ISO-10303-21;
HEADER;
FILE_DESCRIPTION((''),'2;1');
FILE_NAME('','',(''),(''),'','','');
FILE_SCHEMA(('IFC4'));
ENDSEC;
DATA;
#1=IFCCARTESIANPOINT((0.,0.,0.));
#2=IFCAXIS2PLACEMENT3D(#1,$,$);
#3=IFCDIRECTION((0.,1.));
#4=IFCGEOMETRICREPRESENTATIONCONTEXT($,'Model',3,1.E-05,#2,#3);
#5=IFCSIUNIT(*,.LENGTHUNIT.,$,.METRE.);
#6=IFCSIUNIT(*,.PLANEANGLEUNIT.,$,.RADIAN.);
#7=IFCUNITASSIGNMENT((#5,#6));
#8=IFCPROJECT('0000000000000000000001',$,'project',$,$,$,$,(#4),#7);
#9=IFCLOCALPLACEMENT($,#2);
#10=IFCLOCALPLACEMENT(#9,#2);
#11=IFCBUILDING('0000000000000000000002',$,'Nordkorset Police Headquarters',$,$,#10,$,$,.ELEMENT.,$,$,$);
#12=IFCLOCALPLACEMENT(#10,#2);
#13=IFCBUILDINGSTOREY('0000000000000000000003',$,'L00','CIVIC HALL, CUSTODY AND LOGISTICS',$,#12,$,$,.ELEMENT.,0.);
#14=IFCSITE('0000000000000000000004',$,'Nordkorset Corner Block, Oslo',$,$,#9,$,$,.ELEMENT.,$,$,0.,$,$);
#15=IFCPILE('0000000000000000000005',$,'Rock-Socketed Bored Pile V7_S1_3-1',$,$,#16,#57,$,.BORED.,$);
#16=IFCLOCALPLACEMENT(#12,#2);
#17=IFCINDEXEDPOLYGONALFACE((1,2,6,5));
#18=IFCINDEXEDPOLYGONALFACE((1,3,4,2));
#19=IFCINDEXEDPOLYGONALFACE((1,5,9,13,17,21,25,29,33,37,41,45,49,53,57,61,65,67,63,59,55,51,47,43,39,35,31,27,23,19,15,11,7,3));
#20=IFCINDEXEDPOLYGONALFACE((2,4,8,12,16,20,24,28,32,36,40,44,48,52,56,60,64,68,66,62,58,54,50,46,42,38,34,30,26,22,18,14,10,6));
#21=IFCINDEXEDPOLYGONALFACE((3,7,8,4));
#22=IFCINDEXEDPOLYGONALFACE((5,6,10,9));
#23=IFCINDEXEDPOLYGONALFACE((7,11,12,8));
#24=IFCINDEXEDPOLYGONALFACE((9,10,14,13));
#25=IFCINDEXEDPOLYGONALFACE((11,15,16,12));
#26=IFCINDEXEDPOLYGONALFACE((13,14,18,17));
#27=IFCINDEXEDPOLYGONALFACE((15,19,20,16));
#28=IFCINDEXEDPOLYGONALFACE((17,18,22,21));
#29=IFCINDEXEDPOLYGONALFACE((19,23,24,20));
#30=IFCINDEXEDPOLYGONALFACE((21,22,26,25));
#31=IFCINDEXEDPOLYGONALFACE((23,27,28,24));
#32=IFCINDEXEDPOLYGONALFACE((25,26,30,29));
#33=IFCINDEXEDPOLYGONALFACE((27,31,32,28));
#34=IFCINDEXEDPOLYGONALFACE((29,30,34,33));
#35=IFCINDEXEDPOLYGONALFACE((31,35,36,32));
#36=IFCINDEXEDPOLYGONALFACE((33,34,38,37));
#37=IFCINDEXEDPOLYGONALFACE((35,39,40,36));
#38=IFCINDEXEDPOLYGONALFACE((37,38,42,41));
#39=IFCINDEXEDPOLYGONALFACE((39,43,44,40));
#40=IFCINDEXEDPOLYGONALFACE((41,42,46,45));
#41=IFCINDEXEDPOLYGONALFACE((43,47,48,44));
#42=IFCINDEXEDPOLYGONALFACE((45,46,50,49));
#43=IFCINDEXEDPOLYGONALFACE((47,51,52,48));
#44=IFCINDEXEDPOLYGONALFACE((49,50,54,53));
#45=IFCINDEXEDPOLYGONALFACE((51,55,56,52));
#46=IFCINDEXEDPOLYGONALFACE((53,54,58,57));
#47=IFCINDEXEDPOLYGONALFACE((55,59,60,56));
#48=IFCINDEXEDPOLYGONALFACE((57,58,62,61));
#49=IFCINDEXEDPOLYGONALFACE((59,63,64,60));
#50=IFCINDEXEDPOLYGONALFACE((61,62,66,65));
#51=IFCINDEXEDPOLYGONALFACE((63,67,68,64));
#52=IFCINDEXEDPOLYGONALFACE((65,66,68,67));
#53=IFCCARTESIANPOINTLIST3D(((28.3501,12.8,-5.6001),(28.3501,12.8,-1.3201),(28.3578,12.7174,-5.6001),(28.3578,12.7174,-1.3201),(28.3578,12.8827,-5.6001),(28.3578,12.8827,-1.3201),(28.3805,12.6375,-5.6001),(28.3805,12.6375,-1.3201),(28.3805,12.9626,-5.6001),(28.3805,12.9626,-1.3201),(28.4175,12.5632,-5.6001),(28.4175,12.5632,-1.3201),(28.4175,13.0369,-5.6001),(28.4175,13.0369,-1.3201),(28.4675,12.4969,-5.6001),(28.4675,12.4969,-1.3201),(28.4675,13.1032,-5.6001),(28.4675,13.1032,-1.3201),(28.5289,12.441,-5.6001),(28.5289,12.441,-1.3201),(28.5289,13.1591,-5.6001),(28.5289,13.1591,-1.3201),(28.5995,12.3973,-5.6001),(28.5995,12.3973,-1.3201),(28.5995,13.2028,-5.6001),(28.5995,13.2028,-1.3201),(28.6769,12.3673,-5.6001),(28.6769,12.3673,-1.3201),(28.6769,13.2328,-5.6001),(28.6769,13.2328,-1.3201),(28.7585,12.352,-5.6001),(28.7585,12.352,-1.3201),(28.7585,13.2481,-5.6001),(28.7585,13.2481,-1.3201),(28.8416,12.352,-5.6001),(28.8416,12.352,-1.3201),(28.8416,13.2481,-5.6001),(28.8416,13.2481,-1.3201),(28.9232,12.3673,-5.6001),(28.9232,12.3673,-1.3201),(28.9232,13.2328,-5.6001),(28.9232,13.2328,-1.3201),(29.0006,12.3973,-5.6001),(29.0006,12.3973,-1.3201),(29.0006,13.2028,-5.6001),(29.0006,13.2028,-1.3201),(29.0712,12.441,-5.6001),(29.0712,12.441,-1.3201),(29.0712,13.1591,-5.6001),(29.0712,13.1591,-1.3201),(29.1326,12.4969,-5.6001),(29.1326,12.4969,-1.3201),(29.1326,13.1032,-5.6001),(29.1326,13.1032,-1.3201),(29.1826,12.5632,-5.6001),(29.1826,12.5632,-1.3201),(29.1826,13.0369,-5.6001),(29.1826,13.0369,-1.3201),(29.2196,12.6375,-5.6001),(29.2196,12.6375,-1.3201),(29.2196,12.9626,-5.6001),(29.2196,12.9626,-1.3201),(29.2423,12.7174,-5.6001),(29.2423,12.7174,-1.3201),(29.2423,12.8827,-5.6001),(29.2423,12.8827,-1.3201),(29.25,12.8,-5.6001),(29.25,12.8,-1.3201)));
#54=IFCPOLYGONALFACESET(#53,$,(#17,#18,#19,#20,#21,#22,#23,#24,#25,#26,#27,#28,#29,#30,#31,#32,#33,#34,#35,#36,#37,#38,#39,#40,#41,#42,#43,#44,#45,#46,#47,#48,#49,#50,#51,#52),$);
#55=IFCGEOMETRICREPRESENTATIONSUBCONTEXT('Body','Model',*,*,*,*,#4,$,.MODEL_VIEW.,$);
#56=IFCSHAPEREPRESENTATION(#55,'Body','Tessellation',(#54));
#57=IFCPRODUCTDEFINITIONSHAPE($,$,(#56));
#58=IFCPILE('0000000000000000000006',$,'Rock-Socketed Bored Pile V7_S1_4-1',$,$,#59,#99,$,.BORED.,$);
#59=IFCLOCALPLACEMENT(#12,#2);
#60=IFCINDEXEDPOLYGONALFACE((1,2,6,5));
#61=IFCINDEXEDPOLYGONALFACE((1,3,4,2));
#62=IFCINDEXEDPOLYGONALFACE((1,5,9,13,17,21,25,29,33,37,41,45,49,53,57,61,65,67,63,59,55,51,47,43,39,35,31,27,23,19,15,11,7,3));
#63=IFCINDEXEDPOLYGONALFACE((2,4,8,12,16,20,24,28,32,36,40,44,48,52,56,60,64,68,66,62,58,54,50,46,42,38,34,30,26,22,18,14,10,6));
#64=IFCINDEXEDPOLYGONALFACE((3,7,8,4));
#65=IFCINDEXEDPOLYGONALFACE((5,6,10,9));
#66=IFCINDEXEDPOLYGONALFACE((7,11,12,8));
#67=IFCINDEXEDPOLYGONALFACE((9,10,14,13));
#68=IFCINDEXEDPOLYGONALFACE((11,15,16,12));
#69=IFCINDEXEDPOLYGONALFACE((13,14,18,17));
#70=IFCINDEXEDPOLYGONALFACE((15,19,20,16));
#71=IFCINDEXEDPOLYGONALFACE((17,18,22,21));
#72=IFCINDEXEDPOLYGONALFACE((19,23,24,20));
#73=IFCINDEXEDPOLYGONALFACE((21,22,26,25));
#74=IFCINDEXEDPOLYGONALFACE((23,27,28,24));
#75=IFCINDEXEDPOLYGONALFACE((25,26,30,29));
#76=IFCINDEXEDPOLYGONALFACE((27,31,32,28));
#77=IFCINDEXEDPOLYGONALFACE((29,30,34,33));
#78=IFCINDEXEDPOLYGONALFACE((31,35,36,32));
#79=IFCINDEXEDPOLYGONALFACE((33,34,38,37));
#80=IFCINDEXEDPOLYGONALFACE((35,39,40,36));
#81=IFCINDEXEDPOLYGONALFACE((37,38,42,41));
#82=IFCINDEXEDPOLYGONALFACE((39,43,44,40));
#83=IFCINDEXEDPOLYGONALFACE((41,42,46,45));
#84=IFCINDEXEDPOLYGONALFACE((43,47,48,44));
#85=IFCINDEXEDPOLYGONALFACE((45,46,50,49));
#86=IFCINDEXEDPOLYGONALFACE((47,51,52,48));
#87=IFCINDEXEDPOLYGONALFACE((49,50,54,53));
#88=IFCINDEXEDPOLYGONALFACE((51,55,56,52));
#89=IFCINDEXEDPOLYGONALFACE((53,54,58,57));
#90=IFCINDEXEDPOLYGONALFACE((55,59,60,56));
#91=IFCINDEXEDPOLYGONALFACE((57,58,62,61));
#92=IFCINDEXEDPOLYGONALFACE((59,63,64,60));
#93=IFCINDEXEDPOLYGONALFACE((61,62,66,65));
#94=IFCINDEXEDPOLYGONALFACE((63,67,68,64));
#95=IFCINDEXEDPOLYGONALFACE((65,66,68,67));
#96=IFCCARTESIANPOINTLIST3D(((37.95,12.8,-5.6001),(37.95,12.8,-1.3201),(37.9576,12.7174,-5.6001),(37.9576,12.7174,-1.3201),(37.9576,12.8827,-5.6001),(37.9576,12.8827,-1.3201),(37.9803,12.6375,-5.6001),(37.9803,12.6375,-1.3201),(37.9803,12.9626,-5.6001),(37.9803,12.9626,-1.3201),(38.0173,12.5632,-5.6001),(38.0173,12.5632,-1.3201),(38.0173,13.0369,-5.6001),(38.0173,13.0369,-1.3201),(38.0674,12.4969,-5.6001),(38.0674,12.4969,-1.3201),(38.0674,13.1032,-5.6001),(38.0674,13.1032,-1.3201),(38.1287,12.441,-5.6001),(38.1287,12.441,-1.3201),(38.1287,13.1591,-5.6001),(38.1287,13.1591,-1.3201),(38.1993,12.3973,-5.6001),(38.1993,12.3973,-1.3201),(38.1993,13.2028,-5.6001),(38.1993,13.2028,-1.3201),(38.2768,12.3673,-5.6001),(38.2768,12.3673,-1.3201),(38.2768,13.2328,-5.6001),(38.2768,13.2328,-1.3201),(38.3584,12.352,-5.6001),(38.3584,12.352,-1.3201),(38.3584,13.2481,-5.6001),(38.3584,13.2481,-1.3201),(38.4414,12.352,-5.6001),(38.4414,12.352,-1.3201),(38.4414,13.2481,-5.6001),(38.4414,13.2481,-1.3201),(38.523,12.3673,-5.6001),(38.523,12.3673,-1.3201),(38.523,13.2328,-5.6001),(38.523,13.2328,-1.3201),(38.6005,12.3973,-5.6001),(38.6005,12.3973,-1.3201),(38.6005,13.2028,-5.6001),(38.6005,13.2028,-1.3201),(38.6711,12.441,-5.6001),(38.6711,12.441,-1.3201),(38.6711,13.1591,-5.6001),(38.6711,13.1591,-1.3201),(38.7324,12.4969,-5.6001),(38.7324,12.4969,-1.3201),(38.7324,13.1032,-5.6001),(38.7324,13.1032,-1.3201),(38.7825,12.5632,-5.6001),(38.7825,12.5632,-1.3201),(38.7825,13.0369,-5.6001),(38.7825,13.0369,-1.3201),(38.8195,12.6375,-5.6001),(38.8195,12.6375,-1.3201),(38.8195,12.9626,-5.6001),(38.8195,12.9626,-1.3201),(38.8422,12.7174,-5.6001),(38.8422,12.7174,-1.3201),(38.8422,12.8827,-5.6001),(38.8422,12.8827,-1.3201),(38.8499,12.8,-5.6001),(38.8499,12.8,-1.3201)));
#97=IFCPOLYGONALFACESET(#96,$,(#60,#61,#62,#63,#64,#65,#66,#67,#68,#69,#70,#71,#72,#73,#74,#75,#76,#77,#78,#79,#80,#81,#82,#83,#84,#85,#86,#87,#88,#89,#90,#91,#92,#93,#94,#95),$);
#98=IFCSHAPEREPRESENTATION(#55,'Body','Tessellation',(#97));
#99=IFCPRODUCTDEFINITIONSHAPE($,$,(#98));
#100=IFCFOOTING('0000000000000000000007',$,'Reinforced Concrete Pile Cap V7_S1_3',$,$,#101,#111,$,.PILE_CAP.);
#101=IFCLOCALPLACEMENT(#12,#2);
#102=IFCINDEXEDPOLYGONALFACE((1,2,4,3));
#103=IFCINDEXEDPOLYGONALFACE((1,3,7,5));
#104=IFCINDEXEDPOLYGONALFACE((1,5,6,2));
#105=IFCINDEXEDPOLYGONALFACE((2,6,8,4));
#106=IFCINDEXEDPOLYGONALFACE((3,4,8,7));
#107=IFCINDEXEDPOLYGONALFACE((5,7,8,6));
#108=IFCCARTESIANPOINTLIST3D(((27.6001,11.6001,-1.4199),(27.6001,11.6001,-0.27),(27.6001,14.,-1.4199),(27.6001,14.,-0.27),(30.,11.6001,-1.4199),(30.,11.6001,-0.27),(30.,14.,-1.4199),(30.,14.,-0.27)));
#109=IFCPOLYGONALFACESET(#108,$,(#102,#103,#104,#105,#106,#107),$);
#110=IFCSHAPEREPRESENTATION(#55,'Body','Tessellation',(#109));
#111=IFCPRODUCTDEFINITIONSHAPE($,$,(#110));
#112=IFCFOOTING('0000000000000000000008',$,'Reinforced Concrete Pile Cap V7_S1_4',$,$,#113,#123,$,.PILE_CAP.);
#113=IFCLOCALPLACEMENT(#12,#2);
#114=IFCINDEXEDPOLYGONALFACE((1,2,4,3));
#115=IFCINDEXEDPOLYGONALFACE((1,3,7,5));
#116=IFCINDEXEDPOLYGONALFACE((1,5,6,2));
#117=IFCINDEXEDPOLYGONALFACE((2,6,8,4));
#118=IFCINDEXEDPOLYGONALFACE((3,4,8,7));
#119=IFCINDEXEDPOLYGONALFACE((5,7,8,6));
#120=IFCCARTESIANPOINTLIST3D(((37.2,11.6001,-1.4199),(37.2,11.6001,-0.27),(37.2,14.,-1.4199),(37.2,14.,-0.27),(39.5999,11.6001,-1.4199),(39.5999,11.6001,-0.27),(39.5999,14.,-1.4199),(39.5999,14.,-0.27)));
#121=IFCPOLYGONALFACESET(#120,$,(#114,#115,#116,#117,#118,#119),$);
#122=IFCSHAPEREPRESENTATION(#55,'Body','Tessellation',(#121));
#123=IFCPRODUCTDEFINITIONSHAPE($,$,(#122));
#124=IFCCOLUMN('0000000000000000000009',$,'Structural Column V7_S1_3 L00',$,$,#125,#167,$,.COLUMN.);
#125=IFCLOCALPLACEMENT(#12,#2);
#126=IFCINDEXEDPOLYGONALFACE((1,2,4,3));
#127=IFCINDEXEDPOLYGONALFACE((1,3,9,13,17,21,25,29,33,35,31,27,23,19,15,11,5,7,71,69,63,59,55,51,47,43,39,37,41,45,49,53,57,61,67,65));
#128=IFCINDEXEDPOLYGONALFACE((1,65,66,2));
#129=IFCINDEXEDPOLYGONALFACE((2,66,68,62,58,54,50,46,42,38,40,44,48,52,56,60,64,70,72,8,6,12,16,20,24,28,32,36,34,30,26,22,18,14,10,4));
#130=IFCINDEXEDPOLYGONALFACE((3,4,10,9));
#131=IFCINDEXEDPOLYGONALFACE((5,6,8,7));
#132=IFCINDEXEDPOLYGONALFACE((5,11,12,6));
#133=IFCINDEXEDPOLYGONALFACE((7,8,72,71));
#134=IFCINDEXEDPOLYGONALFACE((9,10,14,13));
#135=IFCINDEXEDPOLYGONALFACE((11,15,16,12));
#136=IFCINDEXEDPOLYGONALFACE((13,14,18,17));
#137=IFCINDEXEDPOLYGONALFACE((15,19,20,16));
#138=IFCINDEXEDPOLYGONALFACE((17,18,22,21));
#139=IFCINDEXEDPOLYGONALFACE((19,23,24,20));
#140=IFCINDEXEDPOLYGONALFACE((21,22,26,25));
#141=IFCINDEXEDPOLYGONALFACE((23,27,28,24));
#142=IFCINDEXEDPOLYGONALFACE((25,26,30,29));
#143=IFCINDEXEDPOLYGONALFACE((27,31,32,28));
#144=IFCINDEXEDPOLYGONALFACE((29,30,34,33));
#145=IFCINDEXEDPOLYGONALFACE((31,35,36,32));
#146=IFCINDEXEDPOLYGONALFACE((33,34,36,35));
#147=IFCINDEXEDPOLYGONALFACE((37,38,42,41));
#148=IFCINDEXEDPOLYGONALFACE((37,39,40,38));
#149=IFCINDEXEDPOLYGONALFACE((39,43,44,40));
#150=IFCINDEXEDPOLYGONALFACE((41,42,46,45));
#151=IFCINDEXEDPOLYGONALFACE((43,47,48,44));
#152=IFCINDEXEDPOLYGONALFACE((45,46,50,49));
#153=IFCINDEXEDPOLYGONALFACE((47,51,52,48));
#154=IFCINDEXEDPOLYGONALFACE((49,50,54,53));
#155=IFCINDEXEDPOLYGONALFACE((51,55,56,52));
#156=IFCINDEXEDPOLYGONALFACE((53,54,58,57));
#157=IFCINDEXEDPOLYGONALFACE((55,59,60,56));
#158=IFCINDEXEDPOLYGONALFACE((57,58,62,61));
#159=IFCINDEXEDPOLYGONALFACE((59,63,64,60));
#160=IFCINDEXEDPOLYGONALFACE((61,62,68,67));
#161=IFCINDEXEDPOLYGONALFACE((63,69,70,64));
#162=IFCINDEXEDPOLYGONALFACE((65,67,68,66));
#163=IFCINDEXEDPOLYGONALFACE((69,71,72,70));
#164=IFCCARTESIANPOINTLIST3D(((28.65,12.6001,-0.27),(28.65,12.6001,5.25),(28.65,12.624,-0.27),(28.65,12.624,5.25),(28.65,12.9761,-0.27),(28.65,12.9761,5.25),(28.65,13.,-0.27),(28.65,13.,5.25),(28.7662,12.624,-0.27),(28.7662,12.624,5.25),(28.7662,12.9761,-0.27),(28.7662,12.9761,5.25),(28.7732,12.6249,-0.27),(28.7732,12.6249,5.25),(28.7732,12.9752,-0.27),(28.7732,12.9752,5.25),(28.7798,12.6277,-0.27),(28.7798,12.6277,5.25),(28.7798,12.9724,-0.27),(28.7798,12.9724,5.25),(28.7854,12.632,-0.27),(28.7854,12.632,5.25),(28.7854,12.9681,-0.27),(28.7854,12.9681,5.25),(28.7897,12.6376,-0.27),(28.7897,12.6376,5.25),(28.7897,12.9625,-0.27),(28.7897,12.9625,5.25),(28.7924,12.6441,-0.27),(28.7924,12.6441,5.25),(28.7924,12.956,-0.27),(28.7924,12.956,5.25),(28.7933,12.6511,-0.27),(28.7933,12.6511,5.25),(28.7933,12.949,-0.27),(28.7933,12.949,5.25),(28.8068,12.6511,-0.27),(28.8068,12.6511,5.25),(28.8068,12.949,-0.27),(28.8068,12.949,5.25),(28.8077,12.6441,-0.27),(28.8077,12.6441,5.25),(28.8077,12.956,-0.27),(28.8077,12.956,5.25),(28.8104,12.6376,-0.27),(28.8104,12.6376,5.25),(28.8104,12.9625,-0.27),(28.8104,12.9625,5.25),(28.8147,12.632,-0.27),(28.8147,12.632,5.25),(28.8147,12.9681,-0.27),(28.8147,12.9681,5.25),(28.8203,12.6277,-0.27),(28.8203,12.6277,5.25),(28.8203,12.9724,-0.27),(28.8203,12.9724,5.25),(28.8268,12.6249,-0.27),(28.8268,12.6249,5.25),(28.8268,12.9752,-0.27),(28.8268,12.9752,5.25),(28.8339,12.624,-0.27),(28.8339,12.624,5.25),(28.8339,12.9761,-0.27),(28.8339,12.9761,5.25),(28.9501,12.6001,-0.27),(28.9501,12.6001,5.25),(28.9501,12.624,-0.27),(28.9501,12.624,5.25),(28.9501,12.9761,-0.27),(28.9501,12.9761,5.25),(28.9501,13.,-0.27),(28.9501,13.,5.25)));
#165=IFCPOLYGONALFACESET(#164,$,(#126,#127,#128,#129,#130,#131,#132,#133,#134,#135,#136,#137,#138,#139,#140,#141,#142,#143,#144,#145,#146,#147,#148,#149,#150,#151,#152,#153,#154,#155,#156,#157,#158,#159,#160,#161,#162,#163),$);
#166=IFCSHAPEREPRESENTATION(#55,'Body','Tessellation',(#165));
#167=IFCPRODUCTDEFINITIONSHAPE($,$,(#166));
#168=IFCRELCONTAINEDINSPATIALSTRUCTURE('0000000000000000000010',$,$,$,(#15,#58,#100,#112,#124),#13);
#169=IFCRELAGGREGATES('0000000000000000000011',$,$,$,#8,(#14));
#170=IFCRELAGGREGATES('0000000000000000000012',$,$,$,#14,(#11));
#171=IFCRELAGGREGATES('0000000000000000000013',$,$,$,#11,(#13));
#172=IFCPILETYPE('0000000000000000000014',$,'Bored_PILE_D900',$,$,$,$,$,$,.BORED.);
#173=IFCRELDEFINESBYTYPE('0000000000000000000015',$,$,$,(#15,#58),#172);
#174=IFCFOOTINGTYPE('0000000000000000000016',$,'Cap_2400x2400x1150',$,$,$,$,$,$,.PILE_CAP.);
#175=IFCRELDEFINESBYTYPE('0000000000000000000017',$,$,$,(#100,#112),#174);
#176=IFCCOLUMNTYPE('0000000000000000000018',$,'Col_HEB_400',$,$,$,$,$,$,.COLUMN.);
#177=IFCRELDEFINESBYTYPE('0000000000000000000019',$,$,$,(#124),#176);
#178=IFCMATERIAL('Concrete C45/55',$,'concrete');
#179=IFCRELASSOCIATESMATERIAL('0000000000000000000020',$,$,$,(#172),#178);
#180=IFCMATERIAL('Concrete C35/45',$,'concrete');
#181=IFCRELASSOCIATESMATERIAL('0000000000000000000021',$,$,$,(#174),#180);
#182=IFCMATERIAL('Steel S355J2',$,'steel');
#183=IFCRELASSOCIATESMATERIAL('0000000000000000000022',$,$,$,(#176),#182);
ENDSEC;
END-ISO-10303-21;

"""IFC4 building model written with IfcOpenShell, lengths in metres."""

from ifc_helpers import new_model, si_unit, direction, frame, origin, origin_2d, place, context, subcontext, project, spatial, rectangle, circle, i_section, extrude, material, material_profile, profile_set, type_object, element, save


model = new_model("IFC4")

# Units and contexts
model_context = context("Model", 3, precision=1e-05, world=origin(), true_north=direction((0.0, 1.0)))
body_context = subcontext(model_context, "Body", "Model", "MODEL_VIEW")
ifc_project = project(units=[si_unit("LENGTHUNIT", "METRE"), si_unit("PLANEANGLEUNIT", "RADIAN")], contexts=[model_context])

# Site, building, storey
site_placement = place(None, origin())
site = spatial("IfcSite", under=ifc_project, at=site_placement, Name="Nordkorset Corner Block, Oslo", CompositionType="ELEMENT", RefElevation=0.0)
building_placement = place(site_placement, origin())
building = spatial("IfcBuilding", under=site, at=building_placement, Name="Nordkorset Police Headquarters", CompositionType="ELEMENT")
storey_placement = place(building_placement, origin())
storey = spatial("IfcBuildingStorey", under=building, at=storey_placement, Name="L00", Description="CIVIC HALL, CUSTODY AND LOGISTICS", CompositionType="ELEMENT", Elevation=0.0)

# Piles
ifc_material_1 = material(Name="Concrete C45/55", Category="concrete")
ifc_material_profile_1 = material_profile(ifc_material_1, circle(Radius=0.45, at=origin_2d()), Name="PILE D900")
ifc_profile_set_1 = profile_set([ifc_material_profile_1], Name="Concrete C45/55")
pile_type = type_object("IfcPileType", Name="Bored_PILE_D900", PredefinedType="BORED", material=ifc_profile_set_1)
for number, where, z_axis, x_axis, name in (
    (1, (28.8, 12.8, -1.3201), (0.0, 0.0, -1.0), (1.0, 0.0, 0.0), "Rock-Socketed Bored Pile V7_S1_3-1"),
    (2, (38.3999, 12.8, -1.3201), (0.0, 0.0, -1.0), (1.0, 0.0, 0.0), "Rock-Socketed Bored Pile V7_S1_4-1"),
):
    element("IfcPile", number, at=place(storey_placement, frame(where, z_axis=z_axis, x_axis=x_axis)), inside=storey, type_object=pile_type, Name=name, PredefinedType="BORED", context=body_context, shape_type="SweptSolid", body=[
        extrude(circle(Radius=0.45, at=origin_2d()), origin(), (0.0, 0.0, 1.0), 4.28),
    ])

# Footings
ifc_material_2 = material(Name="Concrete C35/45", Category="concrete")
footing_type = type_object("IfcFootingType", Name="Cap_2400x2400x1150", PredefinedType="PILE_CAP", material=ifc_material_2)
for number, where, z_axis, x_axis, name in (
    (3, (28.8, 12.8, -1.4199), (0.0, 0.0, 1.0), (1.0, 0.0, 0.0), "Reinforced Concrete Pile Cap V7_S1_3"),
    (4, (38.3999, 12.8, -1.4199), (0.0, 0.0, 1.0), (1.0, 0.0, 0.0), "Reinforced Concrete Pile Cap V7_S1_4"),
):
    element("IfcFooting", number, at=place(storey_placement, frame(where, z_axis=z_axis, x_axis=x_axis)), inside=storey, type_object=footing_type, Name=name, PredefinedType="PILE_CAP", context=body_context, shape_type="SweptSolid", body=[
        extrude(rectangle(XDim=2.3999, YDim=2.3999, at=origin_2d()), origin(), (0.0, 0.0, 1.0), 1.1499),
    ])

# Column
ifc_material_3 = material(Name="Steel S355J2", Category="steel")
ifc_material_profile_2 = material_profile(ifc_material_3, i_section(OverallWidth=0.3, OverallDepth=0.3999, WebThickness=0.0134, FlangeThickness=0.0239, FilletRadius=0.0271, at=origin_2d()), Name="HEB 400")
ifc_profile_set_2 = profile_set([ifc_material_profile_2], Name="Steel S355J2")
column_type_1 = type_object("IfcColumnType", Name="Col_HEB_400", PredefinedType="COLUMN", material=ifc_profile_set_2)
for number, where, z_axis, x_axis, name in (
    (5, (28.8, 12.8, -0.27), (0.0, 0.0, 1.0), (1.0, 0.0, 0.0), "Structural Column V7_S1_3 L00"),
):
    element("IfcColumn", number, at=place(storey_placement, frame(where, z_axis=z_axis, x_axis=x_axis)), inside=storey, type_object=column_type_1, Name=name, PredefinedType="COLUMN", context=body_context, shape_type="SweptSolid", body=[
        extrude(i_section(OverallWidth=0.3, OverallDepth=0.3999, WebThickness=0.0134, FlangeThickness=0.0239, FilletRadius=0.0271, at=origin_2d()), origin(), (0.0, 0.0, 1.0), 5.52),
    ])

save(model, "model.ifc")
